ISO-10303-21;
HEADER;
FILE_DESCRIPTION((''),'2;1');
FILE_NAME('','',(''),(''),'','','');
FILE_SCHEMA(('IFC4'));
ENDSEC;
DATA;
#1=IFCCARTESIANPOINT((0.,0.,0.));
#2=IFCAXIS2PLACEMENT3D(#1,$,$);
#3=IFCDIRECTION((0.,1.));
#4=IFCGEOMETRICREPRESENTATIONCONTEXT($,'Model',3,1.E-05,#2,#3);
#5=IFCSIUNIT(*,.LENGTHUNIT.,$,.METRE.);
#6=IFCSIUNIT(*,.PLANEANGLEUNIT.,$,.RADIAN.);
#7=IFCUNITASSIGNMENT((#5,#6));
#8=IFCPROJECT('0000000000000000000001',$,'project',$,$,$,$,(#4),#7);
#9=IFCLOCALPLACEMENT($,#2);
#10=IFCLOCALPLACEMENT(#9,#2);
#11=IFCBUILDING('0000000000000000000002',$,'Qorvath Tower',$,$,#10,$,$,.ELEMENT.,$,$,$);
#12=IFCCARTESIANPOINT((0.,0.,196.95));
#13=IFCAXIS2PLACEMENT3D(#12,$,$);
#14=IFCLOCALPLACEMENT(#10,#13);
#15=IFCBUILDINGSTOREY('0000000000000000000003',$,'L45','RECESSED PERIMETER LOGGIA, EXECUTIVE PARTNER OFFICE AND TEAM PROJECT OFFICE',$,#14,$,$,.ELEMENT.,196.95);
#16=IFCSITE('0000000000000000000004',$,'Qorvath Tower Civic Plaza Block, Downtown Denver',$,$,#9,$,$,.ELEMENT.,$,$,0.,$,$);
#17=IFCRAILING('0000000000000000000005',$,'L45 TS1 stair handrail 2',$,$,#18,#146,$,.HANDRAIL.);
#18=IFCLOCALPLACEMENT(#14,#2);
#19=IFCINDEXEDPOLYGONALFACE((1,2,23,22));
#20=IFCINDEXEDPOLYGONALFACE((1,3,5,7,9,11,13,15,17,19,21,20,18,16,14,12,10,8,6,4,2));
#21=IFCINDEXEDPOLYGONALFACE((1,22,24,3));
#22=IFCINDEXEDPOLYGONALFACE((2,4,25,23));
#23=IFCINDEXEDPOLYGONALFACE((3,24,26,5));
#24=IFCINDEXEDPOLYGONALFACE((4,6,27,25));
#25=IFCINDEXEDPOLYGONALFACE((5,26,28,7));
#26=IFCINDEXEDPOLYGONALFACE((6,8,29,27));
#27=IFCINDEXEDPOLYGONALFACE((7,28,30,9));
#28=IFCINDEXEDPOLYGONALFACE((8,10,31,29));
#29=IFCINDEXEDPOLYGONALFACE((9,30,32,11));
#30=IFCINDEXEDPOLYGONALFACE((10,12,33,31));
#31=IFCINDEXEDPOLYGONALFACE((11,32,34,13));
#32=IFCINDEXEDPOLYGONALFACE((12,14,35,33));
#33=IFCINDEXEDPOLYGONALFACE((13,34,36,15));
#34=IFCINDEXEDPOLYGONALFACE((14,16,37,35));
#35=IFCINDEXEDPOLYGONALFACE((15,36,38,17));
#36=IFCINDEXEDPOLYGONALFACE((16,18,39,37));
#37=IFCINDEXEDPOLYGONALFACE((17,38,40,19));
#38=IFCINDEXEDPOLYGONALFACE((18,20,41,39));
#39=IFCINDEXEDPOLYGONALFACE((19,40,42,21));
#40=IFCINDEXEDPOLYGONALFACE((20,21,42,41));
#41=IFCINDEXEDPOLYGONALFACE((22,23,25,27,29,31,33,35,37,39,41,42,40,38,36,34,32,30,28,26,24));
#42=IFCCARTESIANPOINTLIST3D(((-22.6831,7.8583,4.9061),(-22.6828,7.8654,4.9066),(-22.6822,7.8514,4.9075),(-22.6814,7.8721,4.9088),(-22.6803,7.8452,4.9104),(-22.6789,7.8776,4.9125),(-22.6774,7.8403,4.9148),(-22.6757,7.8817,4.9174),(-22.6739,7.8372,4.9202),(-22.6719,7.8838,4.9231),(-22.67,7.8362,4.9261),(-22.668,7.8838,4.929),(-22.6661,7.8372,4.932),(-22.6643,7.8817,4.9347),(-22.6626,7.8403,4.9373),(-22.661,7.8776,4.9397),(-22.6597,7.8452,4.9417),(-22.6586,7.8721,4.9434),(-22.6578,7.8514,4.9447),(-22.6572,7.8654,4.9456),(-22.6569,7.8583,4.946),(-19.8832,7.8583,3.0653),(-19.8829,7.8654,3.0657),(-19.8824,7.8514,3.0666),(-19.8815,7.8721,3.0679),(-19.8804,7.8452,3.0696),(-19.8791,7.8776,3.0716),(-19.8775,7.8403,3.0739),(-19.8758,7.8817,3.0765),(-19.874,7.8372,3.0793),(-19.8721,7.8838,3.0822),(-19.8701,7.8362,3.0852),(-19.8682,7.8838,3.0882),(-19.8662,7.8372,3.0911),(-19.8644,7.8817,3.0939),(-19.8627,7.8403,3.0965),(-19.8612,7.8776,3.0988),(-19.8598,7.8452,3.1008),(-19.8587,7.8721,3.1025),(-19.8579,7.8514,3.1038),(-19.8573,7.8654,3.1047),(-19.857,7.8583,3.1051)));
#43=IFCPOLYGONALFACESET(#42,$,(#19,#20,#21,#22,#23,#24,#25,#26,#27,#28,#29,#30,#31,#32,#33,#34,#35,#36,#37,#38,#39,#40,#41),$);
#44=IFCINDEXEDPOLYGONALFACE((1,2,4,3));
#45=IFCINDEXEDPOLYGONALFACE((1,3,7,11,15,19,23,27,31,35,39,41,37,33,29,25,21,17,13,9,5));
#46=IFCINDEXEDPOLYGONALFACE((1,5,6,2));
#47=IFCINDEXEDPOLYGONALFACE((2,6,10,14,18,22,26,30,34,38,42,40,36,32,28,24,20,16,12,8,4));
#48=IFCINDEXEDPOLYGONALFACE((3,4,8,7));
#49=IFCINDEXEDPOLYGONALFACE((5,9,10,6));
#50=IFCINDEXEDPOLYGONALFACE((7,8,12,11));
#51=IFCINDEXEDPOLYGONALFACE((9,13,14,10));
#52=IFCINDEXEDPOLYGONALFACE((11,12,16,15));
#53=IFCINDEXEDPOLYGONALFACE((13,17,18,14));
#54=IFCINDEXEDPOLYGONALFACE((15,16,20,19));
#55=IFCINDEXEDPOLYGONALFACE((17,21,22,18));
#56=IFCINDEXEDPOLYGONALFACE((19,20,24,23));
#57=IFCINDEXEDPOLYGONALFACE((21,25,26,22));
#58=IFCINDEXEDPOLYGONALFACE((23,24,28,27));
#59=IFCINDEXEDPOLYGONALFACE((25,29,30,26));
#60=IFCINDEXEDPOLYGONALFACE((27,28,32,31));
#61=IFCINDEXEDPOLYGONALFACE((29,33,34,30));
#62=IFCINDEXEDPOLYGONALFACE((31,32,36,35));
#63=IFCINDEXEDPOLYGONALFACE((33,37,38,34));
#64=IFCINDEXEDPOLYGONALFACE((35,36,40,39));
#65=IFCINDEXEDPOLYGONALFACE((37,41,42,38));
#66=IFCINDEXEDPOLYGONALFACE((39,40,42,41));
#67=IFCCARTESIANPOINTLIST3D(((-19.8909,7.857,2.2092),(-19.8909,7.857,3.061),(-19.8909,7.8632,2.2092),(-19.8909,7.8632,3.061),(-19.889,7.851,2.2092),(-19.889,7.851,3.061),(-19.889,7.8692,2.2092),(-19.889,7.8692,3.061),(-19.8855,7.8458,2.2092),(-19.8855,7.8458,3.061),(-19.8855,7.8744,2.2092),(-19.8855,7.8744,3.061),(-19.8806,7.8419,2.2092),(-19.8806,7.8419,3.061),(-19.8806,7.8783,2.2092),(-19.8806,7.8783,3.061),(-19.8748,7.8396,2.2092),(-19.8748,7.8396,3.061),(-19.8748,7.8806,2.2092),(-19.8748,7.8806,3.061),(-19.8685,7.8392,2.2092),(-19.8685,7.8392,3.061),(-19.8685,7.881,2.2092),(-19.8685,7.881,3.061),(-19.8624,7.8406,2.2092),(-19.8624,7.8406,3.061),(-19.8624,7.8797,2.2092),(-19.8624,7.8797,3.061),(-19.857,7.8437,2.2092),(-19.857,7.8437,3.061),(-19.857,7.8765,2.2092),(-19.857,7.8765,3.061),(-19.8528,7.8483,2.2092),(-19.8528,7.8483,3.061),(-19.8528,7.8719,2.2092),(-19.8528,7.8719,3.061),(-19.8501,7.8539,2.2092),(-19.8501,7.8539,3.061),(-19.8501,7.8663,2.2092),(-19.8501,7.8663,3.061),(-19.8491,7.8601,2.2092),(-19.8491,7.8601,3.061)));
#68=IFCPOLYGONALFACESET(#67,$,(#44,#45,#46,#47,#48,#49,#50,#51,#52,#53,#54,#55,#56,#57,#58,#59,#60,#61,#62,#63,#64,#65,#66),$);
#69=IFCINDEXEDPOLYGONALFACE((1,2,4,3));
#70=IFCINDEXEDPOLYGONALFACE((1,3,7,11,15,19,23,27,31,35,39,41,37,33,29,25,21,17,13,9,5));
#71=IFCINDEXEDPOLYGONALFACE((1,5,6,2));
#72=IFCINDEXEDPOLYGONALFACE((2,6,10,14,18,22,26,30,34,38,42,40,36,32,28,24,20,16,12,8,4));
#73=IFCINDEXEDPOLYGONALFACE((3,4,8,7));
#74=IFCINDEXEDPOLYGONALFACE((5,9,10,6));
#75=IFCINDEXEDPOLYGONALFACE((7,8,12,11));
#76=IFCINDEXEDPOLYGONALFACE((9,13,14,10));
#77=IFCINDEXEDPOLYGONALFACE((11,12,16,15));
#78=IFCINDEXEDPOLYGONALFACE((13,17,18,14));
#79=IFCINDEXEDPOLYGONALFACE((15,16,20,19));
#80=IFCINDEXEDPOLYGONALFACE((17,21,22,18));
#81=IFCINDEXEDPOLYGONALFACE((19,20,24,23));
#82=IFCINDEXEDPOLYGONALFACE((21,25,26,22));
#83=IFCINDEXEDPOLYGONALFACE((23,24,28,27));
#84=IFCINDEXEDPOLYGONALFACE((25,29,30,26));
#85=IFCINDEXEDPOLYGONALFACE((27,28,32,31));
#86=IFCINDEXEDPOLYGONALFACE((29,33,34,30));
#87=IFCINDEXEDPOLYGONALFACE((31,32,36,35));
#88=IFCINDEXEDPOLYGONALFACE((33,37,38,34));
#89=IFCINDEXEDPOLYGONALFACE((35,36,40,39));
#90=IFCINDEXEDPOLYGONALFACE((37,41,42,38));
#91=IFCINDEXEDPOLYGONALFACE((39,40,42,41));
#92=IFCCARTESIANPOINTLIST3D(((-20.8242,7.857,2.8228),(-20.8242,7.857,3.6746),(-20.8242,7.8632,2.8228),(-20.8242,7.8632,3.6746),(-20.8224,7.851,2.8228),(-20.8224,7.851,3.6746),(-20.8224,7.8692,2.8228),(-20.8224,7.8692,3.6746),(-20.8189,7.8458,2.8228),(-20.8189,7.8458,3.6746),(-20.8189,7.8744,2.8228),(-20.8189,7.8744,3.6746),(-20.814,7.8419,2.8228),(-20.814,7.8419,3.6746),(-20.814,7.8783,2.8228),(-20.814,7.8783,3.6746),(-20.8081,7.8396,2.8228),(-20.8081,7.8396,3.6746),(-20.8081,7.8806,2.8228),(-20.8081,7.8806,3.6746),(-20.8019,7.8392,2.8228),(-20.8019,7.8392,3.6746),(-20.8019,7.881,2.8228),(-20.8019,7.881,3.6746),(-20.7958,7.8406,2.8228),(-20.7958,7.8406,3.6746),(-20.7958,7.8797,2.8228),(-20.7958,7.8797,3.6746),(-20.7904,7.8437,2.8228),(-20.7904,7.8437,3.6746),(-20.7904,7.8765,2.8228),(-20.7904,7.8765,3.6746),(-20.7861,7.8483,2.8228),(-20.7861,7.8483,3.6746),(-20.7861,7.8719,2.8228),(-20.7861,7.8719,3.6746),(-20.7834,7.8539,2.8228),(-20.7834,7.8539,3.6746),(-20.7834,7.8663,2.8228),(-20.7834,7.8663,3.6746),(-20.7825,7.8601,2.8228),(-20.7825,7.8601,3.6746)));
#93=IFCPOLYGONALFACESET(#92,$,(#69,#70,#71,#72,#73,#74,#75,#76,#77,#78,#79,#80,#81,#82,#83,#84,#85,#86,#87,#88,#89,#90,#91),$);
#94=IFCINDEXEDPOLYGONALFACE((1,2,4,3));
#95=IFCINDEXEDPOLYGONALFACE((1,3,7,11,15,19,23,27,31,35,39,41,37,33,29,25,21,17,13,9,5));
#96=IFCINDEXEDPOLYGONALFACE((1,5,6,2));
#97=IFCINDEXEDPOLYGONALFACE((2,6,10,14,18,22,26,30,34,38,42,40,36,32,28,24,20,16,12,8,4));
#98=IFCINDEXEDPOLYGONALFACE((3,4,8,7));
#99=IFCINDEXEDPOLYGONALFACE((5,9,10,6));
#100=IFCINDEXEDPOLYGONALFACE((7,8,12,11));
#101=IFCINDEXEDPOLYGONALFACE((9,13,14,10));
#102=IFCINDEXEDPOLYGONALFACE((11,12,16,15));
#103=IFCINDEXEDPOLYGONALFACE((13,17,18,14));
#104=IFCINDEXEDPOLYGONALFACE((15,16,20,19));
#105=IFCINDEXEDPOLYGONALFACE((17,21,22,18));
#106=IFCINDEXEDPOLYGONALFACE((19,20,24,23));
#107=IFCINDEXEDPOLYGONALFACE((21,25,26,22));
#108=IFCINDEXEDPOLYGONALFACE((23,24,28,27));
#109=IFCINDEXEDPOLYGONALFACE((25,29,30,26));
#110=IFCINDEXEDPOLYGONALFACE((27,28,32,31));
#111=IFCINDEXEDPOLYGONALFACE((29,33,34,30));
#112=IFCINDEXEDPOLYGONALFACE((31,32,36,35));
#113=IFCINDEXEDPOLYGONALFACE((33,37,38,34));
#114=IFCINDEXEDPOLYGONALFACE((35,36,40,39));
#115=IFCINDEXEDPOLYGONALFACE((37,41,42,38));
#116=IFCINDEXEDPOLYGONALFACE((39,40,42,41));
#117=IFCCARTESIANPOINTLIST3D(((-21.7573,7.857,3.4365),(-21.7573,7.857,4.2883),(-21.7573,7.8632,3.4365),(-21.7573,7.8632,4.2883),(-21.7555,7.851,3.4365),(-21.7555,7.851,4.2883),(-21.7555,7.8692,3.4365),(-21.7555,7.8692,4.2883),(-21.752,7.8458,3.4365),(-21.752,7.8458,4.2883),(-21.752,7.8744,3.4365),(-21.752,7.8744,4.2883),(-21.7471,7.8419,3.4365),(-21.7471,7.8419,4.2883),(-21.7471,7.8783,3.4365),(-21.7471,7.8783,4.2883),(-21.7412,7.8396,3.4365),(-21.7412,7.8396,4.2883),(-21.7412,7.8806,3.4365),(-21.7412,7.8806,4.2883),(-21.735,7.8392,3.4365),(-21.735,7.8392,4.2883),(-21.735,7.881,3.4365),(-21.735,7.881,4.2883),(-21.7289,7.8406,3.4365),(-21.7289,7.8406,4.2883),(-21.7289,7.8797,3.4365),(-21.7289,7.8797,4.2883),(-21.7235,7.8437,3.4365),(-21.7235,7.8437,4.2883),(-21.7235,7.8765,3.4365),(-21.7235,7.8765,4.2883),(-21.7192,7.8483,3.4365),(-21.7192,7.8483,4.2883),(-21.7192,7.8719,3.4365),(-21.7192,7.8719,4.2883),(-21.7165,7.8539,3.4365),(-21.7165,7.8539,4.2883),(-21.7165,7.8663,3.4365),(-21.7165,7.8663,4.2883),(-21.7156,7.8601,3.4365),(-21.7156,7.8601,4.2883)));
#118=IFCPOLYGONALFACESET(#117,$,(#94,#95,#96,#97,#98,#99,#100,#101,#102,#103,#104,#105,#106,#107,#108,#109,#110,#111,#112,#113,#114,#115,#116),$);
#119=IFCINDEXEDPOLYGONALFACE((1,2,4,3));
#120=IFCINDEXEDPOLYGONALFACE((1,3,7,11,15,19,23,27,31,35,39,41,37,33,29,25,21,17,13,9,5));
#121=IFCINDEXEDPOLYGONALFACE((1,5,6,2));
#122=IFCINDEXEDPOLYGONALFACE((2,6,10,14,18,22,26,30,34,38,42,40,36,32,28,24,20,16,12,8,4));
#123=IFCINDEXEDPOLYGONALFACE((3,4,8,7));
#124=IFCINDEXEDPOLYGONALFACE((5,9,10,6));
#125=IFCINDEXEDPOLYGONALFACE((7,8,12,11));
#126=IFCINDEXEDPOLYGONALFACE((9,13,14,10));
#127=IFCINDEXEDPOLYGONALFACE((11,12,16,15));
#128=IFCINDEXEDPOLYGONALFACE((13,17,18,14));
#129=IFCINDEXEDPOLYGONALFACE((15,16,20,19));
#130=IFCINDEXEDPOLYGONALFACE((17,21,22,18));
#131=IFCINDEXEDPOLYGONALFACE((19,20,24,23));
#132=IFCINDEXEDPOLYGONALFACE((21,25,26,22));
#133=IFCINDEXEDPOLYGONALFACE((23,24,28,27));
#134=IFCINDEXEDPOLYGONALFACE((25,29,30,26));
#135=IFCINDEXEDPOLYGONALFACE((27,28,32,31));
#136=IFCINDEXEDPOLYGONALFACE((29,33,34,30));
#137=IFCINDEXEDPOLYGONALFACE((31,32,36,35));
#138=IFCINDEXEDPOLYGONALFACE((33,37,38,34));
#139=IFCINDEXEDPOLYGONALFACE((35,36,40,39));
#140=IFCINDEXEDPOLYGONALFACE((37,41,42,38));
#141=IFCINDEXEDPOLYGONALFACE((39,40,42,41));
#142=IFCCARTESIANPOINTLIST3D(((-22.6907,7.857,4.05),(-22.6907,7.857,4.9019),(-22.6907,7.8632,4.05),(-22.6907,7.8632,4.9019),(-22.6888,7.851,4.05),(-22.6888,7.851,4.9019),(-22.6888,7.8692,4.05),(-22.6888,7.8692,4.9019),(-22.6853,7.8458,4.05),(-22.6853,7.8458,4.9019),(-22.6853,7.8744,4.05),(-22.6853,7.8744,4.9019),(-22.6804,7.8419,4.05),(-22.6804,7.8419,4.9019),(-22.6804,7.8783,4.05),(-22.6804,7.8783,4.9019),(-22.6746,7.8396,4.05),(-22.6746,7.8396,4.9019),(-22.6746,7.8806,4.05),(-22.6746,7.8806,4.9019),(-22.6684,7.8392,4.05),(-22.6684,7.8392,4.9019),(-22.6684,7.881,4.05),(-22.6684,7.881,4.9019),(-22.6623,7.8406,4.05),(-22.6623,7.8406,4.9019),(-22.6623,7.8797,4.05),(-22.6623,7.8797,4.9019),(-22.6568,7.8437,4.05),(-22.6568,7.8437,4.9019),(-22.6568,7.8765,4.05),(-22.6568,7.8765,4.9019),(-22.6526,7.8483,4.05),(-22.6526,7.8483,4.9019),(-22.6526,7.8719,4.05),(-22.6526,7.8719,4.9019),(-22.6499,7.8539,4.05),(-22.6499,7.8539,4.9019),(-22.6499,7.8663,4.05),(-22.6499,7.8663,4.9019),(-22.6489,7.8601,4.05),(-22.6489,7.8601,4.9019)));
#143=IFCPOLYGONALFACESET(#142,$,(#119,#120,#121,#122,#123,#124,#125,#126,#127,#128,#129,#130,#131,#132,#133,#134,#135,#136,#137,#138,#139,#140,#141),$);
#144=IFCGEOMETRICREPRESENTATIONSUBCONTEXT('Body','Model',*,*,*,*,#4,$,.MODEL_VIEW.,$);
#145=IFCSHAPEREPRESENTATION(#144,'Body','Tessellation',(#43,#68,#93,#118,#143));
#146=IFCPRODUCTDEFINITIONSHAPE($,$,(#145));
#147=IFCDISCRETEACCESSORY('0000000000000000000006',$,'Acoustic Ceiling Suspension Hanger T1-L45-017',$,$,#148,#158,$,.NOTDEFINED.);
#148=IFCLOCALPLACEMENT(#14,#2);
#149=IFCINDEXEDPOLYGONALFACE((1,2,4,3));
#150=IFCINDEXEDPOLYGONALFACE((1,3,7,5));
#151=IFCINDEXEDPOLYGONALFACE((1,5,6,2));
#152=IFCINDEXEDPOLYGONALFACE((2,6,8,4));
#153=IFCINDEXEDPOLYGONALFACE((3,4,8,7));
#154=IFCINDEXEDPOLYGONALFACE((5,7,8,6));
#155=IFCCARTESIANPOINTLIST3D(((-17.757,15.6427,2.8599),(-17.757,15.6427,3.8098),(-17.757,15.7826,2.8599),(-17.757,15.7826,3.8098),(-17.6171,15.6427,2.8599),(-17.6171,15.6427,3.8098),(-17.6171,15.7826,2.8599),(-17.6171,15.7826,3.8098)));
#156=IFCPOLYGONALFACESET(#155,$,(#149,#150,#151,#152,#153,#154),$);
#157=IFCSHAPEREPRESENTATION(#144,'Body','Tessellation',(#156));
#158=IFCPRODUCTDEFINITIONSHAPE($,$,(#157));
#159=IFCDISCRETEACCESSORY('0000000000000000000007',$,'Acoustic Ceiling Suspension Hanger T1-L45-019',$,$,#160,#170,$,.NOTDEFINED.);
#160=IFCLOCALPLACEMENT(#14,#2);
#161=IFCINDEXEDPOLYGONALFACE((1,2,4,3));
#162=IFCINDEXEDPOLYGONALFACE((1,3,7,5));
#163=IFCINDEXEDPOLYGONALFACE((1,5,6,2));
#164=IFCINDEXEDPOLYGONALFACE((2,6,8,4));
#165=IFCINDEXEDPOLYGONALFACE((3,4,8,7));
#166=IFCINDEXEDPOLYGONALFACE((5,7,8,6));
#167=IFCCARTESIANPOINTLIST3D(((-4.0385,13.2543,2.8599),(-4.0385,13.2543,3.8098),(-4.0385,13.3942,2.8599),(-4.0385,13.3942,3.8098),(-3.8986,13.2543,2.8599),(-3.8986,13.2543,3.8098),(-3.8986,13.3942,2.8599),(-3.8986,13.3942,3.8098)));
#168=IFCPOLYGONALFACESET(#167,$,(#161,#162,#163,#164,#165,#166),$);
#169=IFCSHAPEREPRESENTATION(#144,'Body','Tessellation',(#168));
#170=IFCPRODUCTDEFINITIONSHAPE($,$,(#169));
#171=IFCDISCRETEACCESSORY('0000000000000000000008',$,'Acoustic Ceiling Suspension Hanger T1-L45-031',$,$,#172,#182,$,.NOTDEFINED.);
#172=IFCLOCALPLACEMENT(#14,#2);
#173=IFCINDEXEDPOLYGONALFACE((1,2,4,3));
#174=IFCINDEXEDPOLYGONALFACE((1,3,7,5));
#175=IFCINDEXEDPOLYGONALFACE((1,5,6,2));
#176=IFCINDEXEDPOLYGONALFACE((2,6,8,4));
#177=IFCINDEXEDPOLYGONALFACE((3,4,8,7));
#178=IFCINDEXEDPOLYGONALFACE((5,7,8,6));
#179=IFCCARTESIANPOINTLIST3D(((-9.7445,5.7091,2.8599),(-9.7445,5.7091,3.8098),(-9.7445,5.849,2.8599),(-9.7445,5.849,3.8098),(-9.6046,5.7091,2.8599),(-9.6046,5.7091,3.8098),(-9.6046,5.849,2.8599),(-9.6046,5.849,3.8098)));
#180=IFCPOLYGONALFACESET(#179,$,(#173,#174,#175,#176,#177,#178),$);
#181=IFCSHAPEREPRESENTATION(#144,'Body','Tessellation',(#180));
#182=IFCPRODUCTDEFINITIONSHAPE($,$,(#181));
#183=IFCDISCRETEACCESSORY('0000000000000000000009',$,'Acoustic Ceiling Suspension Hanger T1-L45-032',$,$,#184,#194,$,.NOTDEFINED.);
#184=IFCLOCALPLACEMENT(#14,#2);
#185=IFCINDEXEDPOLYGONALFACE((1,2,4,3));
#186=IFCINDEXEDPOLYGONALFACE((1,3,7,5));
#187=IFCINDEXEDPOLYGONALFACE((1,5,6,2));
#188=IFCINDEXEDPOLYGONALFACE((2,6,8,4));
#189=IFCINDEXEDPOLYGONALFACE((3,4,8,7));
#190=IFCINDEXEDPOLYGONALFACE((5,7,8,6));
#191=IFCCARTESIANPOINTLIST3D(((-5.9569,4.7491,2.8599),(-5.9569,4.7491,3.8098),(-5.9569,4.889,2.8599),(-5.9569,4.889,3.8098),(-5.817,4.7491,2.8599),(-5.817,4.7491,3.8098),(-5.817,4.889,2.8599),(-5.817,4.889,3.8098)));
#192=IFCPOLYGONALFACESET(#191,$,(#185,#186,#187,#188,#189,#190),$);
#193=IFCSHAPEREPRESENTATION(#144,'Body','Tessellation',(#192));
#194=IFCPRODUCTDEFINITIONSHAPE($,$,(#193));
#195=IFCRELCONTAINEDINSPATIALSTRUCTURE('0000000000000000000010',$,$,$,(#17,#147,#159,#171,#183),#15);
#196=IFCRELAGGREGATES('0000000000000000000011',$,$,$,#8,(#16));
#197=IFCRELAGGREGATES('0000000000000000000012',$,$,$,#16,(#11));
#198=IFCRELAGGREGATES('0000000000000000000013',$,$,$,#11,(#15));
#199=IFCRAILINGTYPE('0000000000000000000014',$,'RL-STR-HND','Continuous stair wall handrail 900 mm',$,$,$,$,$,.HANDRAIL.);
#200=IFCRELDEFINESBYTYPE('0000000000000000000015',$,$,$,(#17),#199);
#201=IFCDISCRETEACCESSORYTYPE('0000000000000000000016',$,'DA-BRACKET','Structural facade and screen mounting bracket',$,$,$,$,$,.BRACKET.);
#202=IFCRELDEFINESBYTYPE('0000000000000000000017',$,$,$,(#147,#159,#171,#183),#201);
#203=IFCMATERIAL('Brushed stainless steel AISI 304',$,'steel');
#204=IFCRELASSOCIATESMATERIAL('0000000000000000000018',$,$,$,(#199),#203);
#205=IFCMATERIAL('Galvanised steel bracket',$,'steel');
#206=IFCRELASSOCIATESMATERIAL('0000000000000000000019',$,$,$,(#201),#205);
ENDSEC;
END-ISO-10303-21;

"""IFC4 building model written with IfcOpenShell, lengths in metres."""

from ifc_helpers import new_model, si_unit, direction, frame, origin, origin_2d, place, context, subcontext, project, spatial, rectangle, circle, extrude, material, type_object, element, save


model = new_model("IFC4")

# Units and contexts
model_context = context("Model", 3, precision=1e-05, world=origin(), true_north=direction((0.0, 1.0)))
body_context = subcontext(model_context, "Body", "Model", "MODEL_VIEW")
ifc_project = project(units=[si_unit("LENGTHUNIT", "METRE"), si_unit("PLANEANGLEUNIT", "RADIAN")], contexts=[model_context])

# Site, building, storey
site_placement = place(None, origin())
site = spatial("IfcSite", under=ifc_project, at=site_placement, Name="Qorvath Tower Civic Plaza Block, Downtown Denver", CompositionType="ELEMENT", RefElevation=0.0)
building_placement = place(site_placement, origin())
building = spatial("IfcBuilding", under=site, at=building_placement, Name="Qorvath Tower", CompositionType="ELEMENT")
storey_placement = place(building_placement, frame((0.0, 0.0, 196.95)))
storey = spatial("IfcBuildingStorey", under=building, at=storey_placement, Name="L45", Description="RECESSED PERIMETER LOGGIA, EXECUTIVE PARTNER OFFICE AND TEAM PROJECT OFFICE", CompositionType="ELEMENT", Elevation=196.95)

# Railing
ifc_material_1 = material(Name="Brushed stainless steel AISI 304", Category="steel")
railing_type_1 = type_object("IfcRailingType", Name="RL-STR-HND", Description="Continuous stair wall handrail 900 mm", PredefinedType="HANDRAIL", material=ifc_material_1)
railing_1_placement = place(storey_placement, frame((-19.8701, 7.8601, 2.2092)))
element("IfcRailing", 1, at=railing_1_placement, inside=storey, type_object=railing_type_1, Name="L45 TS1 stair handrail 2", PredefinedType="HANDRAIL", context=body_context, shape_type="SweptSolid", body=[
    extrude(circle(Radius=0.0239, at=origin_2d()), frame((0.0, 0.0, 0.876), z_axis=(-0.835576, 0.0, 0.549376), x_axis=(0.0, -1.0, 0.0)), (0.0, 0.0, 1.0), 3.3508),
    extrude(circle(Radius=0.021, at=origin_2d()), origin(), (0.0, 0.0, 1.0), 0.8518),
    extrude(circle(Radius=0.021, at=origin_2d()), frame((-0.9333, 0.0, 0.6135)), (0.0, 0.0, 1.0), 0.8518),
    extrude(circle(Radius=0.021, at=origin_2d()), frame((-1.8665, 0.0, 1.2273)), (0.0, 0.0, 1.0), 0.8518),
    extrude(circle(Radius=0.021, at=origin_2d()), frame((-2.7998, 0.0, 1.8408)), (0.0, 0.0, 1.0), 0.8518),
])

# Discrete accessories
ifc_material_2 = material(Name="Galvanised steel bracket", Category="steel")
discrete_accessory_type = type_object("IfcDiscreteAccessoryType", Name="DA-BRACKET", Description="Structural facade and screen mounting bracket", PredefinedType="BRACKET", material=ifc_material_2)
for number, where, z_axis, x_axis, name in (
    (2, (-17.687, 15.7126, 2.8599), (0.0, 0.0, 1.0), (1.0, 0.0, 0.0), "Acoustic Ceiling Suspension Hanger T1-L45-017"),
    (3, (-3.9685, 13.3242, 2.8599), (0.0, 0.0, 1.0), (1.0, 0.0, 0.0), "Acoustic Ceiling Suspension Hanger T1-L45-019"),
    (4, (-9.6746, 5.7791, 2.8599), (0.0, 0.0, 1.0), (1.0, 0.0, 0.0), "Acoustic Ceiling Suspension Hanger T1-L45-031"),
    (5, (-5.887, 4.8191, 2.8599), (0.0, 0.0, 1.0), (1.0, 0.0, 0.0), "Acoustic Ceiling Suspension Hanger T1-L45-032"),
):
    element("IfcDiscreteAccessory", number, at=place(storey_placement, frame(where, z_axis=z_axis, x_axis=x_axis)), inside=storey, type_object=discrete_accessory_type, Name=name, PredefinedType="NOTDEFINED", context=body_context, shape_type="SweptSolid", body=[
        extrude(rectangle(XDim=0.1399, YDim=0.1399, at=origin_2d()), origin(), (0.0, 0.0, 1.0), 0.95),
    ])

save(model, "model.ifc")
